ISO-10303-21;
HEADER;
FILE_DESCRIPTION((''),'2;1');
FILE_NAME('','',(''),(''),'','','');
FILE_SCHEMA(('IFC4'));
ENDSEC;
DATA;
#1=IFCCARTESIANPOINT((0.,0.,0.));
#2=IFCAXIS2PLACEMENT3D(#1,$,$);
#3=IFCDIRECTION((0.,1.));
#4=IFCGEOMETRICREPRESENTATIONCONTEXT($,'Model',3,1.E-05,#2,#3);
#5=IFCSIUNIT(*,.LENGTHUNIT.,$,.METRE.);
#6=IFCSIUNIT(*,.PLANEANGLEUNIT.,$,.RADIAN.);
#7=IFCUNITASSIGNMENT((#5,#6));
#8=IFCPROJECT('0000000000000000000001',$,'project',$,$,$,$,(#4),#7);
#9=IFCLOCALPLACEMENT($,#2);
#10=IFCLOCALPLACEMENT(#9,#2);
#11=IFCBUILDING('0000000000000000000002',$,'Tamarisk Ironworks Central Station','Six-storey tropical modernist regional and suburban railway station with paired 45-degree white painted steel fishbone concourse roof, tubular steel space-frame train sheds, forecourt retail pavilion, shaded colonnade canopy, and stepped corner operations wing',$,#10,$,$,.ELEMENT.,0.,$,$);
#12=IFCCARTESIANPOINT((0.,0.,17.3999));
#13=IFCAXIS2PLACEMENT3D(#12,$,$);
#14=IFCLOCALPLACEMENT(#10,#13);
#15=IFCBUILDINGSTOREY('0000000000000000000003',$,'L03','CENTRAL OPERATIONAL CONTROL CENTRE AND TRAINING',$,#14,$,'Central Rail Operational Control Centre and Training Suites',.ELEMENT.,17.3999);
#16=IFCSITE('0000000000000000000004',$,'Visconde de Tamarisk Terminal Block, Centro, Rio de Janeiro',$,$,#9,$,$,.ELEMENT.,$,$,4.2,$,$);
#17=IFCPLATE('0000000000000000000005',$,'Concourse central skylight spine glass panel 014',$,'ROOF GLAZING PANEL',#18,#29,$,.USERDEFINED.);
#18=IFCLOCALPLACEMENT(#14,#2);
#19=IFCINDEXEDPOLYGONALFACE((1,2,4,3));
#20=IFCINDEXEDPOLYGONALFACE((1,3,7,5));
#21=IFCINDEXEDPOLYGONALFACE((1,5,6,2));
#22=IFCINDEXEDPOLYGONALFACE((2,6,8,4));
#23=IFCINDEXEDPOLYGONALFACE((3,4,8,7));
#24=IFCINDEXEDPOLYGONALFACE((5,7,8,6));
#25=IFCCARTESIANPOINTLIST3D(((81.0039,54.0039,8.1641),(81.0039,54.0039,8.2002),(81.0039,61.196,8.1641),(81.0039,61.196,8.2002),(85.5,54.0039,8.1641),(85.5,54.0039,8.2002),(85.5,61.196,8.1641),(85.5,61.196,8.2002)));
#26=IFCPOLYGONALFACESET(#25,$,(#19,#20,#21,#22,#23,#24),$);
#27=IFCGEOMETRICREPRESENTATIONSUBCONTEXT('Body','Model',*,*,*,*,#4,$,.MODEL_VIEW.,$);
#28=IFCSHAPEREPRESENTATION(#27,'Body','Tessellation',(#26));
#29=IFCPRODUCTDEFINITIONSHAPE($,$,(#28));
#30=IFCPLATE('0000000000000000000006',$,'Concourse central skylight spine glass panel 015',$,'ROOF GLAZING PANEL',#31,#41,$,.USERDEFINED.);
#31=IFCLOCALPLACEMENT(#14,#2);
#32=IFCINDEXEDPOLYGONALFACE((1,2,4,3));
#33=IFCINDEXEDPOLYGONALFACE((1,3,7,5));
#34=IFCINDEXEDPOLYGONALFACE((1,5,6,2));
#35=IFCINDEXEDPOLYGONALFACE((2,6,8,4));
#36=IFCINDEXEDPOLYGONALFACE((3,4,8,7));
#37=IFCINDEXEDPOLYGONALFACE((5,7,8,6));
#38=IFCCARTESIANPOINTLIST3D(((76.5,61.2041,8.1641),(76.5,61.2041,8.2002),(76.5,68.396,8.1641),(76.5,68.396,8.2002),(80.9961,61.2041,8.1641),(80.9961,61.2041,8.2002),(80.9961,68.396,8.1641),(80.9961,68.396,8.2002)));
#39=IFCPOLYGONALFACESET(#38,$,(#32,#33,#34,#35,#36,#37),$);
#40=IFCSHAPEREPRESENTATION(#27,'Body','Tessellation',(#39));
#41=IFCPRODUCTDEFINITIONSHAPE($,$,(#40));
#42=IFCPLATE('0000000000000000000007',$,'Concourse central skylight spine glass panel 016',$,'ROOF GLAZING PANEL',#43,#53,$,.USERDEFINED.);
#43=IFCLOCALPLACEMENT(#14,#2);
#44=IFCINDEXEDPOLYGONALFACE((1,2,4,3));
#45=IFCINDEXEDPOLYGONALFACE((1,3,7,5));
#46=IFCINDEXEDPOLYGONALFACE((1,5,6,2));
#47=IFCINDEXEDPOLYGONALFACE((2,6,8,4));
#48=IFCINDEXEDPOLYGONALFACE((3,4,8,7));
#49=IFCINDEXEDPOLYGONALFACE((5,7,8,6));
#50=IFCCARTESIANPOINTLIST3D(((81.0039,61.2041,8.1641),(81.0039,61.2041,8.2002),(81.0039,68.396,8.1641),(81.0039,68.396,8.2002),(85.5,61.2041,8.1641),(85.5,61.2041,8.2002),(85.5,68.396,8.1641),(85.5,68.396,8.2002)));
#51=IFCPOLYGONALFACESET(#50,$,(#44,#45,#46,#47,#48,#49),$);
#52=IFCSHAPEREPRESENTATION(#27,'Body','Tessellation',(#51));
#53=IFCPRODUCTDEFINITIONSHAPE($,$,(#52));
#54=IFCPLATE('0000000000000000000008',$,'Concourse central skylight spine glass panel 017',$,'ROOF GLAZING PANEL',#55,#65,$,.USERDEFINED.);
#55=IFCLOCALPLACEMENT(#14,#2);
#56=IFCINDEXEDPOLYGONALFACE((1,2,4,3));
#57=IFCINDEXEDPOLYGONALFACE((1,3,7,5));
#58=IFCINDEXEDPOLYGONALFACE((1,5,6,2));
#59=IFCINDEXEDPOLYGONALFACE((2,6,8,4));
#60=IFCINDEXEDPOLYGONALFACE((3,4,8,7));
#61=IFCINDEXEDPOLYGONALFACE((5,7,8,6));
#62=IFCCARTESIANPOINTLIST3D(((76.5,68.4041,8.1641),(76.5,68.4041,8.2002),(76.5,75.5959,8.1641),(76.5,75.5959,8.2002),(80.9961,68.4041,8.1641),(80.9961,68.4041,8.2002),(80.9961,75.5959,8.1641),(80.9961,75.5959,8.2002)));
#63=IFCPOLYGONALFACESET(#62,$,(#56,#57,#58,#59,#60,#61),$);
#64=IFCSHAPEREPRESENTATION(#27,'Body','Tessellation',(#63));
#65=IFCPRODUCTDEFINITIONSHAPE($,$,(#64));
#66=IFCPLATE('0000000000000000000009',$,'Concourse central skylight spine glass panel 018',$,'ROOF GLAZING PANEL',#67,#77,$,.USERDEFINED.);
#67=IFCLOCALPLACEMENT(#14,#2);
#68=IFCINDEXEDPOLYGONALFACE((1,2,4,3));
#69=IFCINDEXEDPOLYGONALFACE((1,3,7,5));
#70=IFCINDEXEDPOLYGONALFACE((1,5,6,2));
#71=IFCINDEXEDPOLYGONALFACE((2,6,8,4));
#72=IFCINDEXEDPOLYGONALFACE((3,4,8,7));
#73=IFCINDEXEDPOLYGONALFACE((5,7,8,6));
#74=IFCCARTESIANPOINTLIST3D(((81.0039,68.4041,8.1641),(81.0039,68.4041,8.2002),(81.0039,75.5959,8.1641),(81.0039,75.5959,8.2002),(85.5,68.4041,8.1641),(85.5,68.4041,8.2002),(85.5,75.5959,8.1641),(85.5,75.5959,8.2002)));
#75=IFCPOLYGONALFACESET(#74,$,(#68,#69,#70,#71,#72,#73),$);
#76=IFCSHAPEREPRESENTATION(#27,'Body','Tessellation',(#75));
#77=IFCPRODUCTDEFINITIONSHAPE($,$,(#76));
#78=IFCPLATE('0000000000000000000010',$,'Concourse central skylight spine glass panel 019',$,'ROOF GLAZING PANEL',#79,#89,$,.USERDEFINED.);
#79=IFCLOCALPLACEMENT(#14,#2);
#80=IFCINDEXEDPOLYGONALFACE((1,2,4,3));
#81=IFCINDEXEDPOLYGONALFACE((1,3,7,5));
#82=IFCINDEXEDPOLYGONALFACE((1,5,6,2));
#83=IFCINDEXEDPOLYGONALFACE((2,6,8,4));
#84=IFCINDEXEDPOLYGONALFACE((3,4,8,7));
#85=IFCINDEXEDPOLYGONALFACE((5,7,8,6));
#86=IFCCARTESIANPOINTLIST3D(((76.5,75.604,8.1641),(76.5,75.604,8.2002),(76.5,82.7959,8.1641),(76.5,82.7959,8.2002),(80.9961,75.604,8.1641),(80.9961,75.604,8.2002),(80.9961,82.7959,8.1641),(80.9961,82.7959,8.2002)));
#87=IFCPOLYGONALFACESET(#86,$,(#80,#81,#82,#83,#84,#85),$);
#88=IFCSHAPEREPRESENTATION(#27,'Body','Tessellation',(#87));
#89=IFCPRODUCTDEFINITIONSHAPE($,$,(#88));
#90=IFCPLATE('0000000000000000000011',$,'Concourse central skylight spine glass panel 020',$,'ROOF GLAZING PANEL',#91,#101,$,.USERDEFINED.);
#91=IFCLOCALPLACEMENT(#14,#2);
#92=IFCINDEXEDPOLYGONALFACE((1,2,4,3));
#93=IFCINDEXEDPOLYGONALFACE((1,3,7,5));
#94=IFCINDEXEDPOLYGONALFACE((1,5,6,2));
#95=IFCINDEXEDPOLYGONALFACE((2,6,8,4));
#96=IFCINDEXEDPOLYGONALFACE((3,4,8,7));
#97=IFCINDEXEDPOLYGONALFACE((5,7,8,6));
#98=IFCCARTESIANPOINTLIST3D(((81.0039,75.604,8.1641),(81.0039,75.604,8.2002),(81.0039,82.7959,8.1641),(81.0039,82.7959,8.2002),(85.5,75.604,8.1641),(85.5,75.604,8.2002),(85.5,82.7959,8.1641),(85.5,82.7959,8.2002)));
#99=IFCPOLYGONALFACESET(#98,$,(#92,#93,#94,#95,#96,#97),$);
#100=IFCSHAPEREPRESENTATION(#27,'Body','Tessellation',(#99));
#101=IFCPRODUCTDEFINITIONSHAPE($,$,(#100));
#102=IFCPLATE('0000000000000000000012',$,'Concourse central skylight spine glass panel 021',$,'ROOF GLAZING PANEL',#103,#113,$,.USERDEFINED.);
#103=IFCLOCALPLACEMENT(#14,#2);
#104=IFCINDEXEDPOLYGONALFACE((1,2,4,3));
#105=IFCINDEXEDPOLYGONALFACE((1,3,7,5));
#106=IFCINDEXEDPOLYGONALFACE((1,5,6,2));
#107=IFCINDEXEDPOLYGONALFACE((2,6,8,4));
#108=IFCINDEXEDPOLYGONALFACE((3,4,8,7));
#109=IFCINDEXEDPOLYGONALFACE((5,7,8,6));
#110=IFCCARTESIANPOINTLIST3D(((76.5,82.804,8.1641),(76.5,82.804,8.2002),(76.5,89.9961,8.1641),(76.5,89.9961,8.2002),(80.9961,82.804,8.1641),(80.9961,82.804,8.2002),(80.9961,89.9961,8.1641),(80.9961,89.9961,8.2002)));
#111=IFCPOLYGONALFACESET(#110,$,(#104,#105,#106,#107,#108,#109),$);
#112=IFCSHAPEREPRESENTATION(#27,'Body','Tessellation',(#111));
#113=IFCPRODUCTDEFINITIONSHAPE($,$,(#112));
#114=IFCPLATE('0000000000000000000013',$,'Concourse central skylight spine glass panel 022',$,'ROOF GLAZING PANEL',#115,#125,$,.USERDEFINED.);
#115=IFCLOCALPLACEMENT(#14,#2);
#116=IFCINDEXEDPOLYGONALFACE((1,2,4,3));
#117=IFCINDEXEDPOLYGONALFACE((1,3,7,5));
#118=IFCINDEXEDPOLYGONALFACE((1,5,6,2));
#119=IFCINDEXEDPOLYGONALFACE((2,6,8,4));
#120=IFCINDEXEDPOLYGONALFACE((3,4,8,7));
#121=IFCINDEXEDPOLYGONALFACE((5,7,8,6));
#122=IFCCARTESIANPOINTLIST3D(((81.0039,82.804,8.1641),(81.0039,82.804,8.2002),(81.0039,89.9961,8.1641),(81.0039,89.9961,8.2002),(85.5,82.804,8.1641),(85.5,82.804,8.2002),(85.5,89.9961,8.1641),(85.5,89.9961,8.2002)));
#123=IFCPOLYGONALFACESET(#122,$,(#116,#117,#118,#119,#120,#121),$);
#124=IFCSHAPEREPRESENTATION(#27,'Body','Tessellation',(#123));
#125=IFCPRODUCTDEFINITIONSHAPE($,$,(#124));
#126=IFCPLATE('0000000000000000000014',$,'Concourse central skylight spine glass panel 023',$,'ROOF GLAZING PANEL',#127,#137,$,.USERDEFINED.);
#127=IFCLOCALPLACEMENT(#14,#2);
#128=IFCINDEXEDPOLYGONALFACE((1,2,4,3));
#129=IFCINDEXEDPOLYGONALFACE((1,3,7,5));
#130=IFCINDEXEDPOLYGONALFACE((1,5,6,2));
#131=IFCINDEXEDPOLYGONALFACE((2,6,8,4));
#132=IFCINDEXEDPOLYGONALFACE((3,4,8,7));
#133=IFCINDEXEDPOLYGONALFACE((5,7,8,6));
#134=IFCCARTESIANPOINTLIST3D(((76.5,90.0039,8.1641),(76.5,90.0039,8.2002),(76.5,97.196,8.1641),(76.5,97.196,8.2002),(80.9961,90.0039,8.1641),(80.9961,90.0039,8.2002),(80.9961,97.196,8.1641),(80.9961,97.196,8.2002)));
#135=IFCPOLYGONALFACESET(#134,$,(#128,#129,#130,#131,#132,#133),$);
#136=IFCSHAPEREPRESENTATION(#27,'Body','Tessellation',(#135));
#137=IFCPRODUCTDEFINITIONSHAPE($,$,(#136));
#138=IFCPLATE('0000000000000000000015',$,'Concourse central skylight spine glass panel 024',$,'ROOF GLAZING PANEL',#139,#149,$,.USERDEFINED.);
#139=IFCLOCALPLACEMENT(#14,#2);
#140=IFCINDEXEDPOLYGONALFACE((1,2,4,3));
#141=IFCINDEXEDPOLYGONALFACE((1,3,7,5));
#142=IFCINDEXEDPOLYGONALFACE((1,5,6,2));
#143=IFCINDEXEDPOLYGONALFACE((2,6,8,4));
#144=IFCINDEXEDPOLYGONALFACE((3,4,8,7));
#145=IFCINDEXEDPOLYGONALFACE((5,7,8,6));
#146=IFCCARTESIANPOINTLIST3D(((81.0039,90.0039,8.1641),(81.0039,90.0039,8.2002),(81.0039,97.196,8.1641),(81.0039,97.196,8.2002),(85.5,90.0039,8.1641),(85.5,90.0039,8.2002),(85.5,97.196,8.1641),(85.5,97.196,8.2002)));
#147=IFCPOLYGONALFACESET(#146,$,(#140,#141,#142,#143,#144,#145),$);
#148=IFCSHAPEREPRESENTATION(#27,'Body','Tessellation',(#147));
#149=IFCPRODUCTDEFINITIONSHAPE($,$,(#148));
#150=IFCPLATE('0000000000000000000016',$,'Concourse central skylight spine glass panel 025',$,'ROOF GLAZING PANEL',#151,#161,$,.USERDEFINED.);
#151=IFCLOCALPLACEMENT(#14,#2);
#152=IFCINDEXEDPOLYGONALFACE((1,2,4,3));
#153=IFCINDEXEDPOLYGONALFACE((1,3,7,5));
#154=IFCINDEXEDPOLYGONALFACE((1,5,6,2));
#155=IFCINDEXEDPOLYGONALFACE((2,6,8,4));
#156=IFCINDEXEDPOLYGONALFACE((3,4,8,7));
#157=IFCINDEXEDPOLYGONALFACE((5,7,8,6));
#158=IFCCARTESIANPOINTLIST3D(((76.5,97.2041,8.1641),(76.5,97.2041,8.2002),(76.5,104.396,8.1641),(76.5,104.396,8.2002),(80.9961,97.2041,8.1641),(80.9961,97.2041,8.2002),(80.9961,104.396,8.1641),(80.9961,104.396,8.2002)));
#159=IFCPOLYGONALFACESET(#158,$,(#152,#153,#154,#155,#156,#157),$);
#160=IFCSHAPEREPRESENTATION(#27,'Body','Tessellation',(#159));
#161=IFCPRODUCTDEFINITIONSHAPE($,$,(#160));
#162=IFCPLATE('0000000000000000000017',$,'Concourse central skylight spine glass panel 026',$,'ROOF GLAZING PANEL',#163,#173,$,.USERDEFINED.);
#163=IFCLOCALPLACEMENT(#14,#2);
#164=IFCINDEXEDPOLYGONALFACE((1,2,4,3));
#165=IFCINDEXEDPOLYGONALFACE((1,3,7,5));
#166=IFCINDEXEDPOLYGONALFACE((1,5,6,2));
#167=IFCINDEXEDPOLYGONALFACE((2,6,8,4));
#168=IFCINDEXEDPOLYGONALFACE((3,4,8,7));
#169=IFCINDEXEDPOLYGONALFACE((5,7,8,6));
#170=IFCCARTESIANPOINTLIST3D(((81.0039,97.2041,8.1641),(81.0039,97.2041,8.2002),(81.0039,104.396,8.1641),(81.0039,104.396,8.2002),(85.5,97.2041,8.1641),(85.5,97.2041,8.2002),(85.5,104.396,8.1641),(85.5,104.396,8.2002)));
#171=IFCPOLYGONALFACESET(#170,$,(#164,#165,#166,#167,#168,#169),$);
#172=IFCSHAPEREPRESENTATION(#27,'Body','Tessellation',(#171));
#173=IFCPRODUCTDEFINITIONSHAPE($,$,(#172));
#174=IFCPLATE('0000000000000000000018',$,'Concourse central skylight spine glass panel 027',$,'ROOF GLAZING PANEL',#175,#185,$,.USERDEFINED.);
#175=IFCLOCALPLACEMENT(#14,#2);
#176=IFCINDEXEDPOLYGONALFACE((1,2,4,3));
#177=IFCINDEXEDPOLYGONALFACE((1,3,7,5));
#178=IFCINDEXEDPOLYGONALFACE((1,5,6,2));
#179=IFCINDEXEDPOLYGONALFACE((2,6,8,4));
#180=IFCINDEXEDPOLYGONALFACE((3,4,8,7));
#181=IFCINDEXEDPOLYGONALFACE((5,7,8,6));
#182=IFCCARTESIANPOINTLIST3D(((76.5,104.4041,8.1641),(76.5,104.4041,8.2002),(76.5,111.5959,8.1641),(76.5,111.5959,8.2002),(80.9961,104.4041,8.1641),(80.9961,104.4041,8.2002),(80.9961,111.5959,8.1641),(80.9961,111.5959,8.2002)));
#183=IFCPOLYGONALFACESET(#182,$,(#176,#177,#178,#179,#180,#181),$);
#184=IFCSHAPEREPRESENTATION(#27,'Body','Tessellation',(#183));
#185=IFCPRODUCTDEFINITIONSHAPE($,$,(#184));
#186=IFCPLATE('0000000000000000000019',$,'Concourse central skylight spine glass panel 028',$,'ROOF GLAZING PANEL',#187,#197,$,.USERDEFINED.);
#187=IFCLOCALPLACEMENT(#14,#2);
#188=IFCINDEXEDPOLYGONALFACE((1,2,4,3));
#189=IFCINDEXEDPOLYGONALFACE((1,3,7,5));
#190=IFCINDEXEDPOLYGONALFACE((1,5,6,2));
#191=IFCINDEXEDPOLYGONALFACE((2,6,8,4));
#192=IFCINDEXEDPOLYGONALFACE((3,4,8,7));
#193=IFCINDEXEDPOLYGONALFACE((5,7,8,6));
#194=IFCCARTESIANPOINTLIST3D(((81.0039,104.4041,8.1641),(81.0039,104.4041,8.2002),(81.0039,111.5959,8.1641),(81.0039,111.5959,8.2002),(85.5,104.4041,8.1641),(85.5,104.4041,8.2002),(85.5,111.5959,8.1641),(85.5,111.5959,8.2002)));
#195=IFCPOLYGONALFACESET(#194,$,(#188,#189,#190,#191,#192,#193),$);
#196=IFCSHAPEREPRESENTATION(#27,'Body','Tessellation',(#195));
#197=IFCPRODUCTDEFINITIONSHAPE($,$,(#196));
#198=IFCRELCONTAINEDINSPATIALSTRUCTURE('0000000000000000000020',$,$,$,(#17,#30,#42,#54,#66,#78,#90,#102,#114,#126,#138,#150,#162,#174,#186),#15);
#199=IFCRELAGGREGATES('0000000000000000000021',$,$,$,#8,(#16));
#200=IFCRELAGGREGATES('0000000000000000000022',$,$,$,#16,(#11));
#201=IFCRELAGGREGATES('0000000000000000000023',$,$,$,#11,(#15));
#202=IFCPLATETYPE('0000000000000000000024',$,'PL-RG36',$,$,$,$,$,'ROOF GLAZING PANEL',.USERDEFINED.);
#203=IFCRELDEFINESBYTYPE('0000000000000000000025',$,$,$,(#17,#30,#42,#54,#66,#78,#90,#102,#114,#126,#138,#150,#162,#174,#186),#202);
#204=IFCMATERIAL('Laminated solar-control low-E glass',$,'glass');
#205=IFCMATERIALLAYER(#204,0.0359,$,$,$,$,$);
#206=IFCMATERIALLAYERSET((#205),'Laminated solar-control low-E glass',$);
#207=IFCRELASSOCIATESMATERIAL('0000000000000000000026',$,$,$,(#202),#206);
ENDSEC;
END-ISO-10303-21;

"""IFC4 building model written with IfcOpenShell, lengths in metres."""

from ifc_helpers import new_model, si_unit, direction, frame, origin, place, context, subcontext, project, spatial, polyline, outline, extrude, material, layer, layer_set, type_object, element, save


model = new_model("IFC4")

# Units and contexts
model_context = context("Model", 3, precision=1e-05, world=origin(), true_north=direction((0.0, 1.0)))
body_context = subcontext(model_context, "Body", "Model", "MODEL_VIEW")
ifc_project = project(units=[si_unit("LENGTHUNIT", "METRE"), si_unit("PLANEANGLEUNIT", "RADIAN")], contexts=[model_context])

# Site, building, storey
site_placement = place(None, origin())
site = spatial("IfcSite", under=ifc_project, at=site_placement, Name="Visconde de Tamarisk Terminal Block, Centro, Rio de Janeiro", CompositionType="ELEMENT", RefElevation=4.2)
building_placement = place(site_placement, origin())
building = spatial("IfcBuilding", under=site, at=building_placement, Name="Tamarisk Ironworks Central Station", Description="Six-storey tropical modernist regional and suburban railway station with paired 45-degree white painted steel fishbone concourse roof, tubular steel space-frame train sheds, forecourt retail pavilion, shaded colonnade canopy, and stepped corner operations wing", CompositionType="ELEMENT", ElevationOfRefHeight=0.0)
storey_placement = place(building_placement, frame((0.0, 0.0, 17.3999)))
storey = spatial("IfcBuildingStorey", under=building, at=storey_placement, Name="L03", Description="CENTRAL OPERATIONAL CONTROL CENTRE AND TRAINING", LongName="Central Rail Operational Control Centre and Training Suites", CompositionType="ELEMENT", Elevation=17.3999)

# Plates
ifc_material = material(Name="Laminated solar-control low-E glass", Category="glass")
ifc_layer = layer(ifc_material, 0.0359)
ifc_layer_set = layer_set([ifc_layer], Name="Laminated solar-control low-E glass")
plate_type = type_object("IfcPlateType", Name="PL-RG36", ElementType="ROOF GLAZING PANEL", PredefinedType="USERDEFINED", material=ifc_layer_set)
plate_1_placement = place(storey_placement, frame((0.0, 0.0, 8.1641)))
element("IfcPlate", 1, at=plate_1_placement, inside=storey, type_object=plate_type, Name="Concourse central skylight spine glass panel 014", ObjectType="ROOF GLAZING PANEL", PredefinedType="USERDEFINED", context=body_context, shape_type="SweptSolid", body=[
    extrude(outline(polyline([(81.0039, 54.0039), (85.5, 54.0039), (85.5, 61.196), (81.0039, 61.196), (81.0039, 54.0039)])), origin(), (0.0, 0.0, 1.0), 0.0361),
])
plate_2_placement = place(storey_placement, frame((0.0, 0.0, 8.1641)))
element("IfcPlate", 2, at=plate_2_placement, inside=storey, type_object=plate_type, Name="Concourse central skylight spine glass panel 015", ObjectType="ROOF GLAZING PANEL", PredefinedType="USERDEFINED", context=body_context, shape_type="SweptSolid", body=[
    extrude(outline(polyline([(76.5, 61.2041), (80.9961, 61.2041), (80.9961, 68.396), (76.5, 68.396), (76.5, 61.2041)])), origin(), (0.0, 0.0, 1.0), 0.0361),
])
plate_3_placement = place(storey_placement, frame((0.0, 0.0, 8.1641)))
element("IfcPlate", 3, at=plate_3_placement, inside=storey, type_object=plate_type, Name="Concourse central skylight spine glass panel 016", ObjectType="ROOF GLAZING PANEL", PredefinedType="USERDEFINED", context=body_context, shape_type="SweptSolid", body=[
    extrude(outline(polyline([(81.0039, 61.2041), (85.5, 61.2041), (85.5, 68.396), (81.0039, 68.396), (81.0039, 61.2041)])), origin(), (0.0, 0.0, 1.0), 0.0361),
])
plate_4_placement = place(storey_placement, frame((0.0, 0.0, 8.1641)))
element("IfcPlate", 4, at=plate_4_placement, inside=storey, type_object=plate_type, Name="Concourse central skylight spine glass panel 017", ObjectType="ROOF GLAZING PANEL", PredefinedType="USERDEFINED", context=body_context, shape_type="SweptSolid", body=[
    extrude(outline(polyline([(76.5, 68.4041), (80.9961, 68.4041), (80.9961, 75.5959), (76.5, 75.5959), (76.5, 68.4041)])), origin(), (0.0, 0.0, 1.0), 0.0361),
])
plate_5_placement = place(storey_placement, frame((0.0, 0.0, 8.1641)))
element("IfcPlate", 5, at=plate_5_placement, inside=storey, type_object=plate_type, Name="Concourse central skylight spine glass panel 018", ObjectType="ROOF GLAZING PANEL", PredefinedType="USERDEFINED", context=body_context, shape_type="SweptSolid", body=[
    extrude(outline(polyline([(81.0039, 68.4041), (85.5, 68.4041), (85.5, 75.5959), (81.0039, 75.5959), (81.0039, 68.4041)])), origin(), (0.0, 0.0, 1.0), 0.0361),
])
plate_6_placement = place(storey_placement, frame((0.0, 0.0, 8.1641)))
element("IfcPlate", 6, at=plate_6_placement, inside=storey, type_object=plate_type, Name="Concourse central skylight spine glass panel 019", ObjectType="ROOF GLAZING PANEL", PredefinedType="USERDEFINED", context=body_context, shape_type="SweptSolid", body=[
    extrude(outline(polyline([(76.5, 75.604), (80.9961, 75.604), (80.9961, 82.7959), (76.5, 82.7959), (76.5, 75.604)])), origin(), (0.0, 0.0, 1.0), 0.0361),
])
plate_7_placement = place(storey_placement, frame((0.0, 0.0, 8.1641)))
element("IfcPlate", 7, at=plate_7_placement, inside=storey, type_object=plate_type, Name="Concourse central skylight spine glass panel 020", ObjectType="ROOF GLAZING PANEL", PredefinedType="USERDEFINED", context=body_context, shape_type="SweptSolid", body=[
    extrude(outline(polyline([(81.0039, 75.604), (85.5, 75.604), (85.5, 82.7959), (81.0039, 82.7959), (81.0039, 75.604)])), origin(), (0.0, 0.0, 1.0), 0.0361),
])
plate_8_placement = place(storey_placement, frame((0.0, 0.0, 8.1641)))
element("IfcPlate", 8, at=plate_8_placement, inside=storey, type_object=plate_type, Name="Concourse central skylight spine glass panel 021", ObjectType="ROOF GLAZING PANEL", PredefinedType="USERDEFINED", context=body_context, shape_type="SweptSolid", body=[
    extrude(outline(polyline([(76.5, 82.804), (80.9961, 82.804), (80.9961, 89.9961), (76.5, 89.9961), (76.5, 82.804)])), origin(), (0.0, 0.0, 1.0), 0.0361),
])
plate_9_placement = place(storey_placement, frame((0.0, 0.0, 8.1641)))
element("IfcPlate", 9, at=plate_9_placement, inside=storey, type_object=plate_type, Name="Concourse central skylight spine glass panel 022", ObjectType="ROOF GLAZING PANEL", PredefinedType="USERDEFINED", context=body_context, shape_type="SweptSolid", body=[
    extrude(outline(polyline([(81.0039, 82.804), (85.5, 82.804), (85.5, 89.9961), (81.0039, 89.9961), (81.0039, 82.804)])), origin(), (0.0, 0.0, 1.0), 0.0361),
])
plate_10_placement = place(storey_placement, frame((0.0, 0.0, 8.1641)))
element("IfcPlate", 10, at=plate_10_placement, inside=storey, type_object=plate_type, Name="Concourse central skylight spine glass panel 023", ObjectType="ROOF GLAZING PANEL", PredefinedType="USERDEFINED", context=body_context, shape_type="SweptSolid", body=[
    extrude(outline(polyline([(76.5, 90.0039), (80.9961, 90.0039), (80.9961, 97.196), (76.5, 97.196), (76.5, 90.0039)])), origin(), (0.0, 0.0, 1.0), 0.0361),
])
plate_11_placement = place(storey_placement, frame((0.0, 0.0, 8.1641)))
element("IfcPlate", 11, at=plate_11_placement, inside=storey, type_object=plate_type, Name="Concourse central skylight spine glass panel 024", ObjectType="ROOF GLAZING PANEL", PredefinedType="USERDEFINED", context=body_context, shape_type="SweptSolid", body=[
    extrude(outline(polyline([(81.0039, 90.0039), (85.5, 90.0039), (85.5, 97.196), (81.0039, 97.196), (81.0039, 90.0039)])), origin(), (0.0, 0.0, 1.0), 0.0361),
])
plate_12_placement = place(storey_placement, frame((0.0, 0.0, 8.1641)))
element("IfcPlate", 12, at=plate_12_placement, inside=storey, type_object=plate_type, Name="Concourse central skylight spine glass panel 025", ObjectType="ROOF GLAZING PANEL", PredefinedType="USERDEFINED", context=body_context, shape_type="SweptSolid", body=[
    extrude(outline(polyline([(76.5, 97.2041), (80.9961, 97.2041), (80.9961, 104.396), (76.5, 104.396), (76.5, 97.2041)])), origin(), (0.0, 0.0, 1.0), 0.0361),
])
plate_13_placement = place(storey_placement, frame((0.0, 0.0, 8.1641)))
element("IfcPlate", 13, at=plate_13_placement, inside=storey, type_object=plate_type, Name="Concourse central skylight spine glass panel 026", ObjectType="ROOF GLAZING PANEL", PredefinedType="USERDEFINED", context=body_context, shape_type="SweptSolid", body=[
    extrude(outline(polyline([(81.0039, 97.2041), (85.5, 97.2041), (85.5, 104.396), (81.0039, 104.396), (81.0039, 97.2041)])), origin(), (0.0, 0.0, 1.0), 0.0361),
])
plate_14_placement = place(storey_placement, frame((0.0, 0.0, 8.1641)))
element("IfcPlate", 14, at=plate_14_placement, inside=storey, type_object=plate_type, Name="Concourse central skylight spine glass panel 027", ObjectType="ROOF GLAZING PANEL", PredefinedType="USERDEFINED", context=body_context, shape_type="SweptSolid", body=[
    extrude(outline(polyline([(76.5, 104.4041), (80.9961, 104.4041), (80.9961, 111.5959), (76.5, 111.5959), (76.5, 104.4041)])), origin(), (0.0, 0.0, 1.0), 0.0361),
])
plate_15_placement = place(storey_placement, frame((0.0, 0.0, 8.1641)))
element("IfcPlate", 15, at=plate_15_placement, inside=storey, type_object=plate_type, Name="Concourse central skylight spine glass panel 028", ObjectType="ROOF GLAZING PANEL", PredefinedType="USERDEFINED", context=body_context, shape_type="SweptSolid", body=[
    extrude(outline(polyline([(81.0039, 104.4041), (85.5, 104.4041), (85.5, 111.5959), (81.0039, 111.5959), (81.0039, 104.4041)])), origin(), (0.0, 0.0, 1.0), 0.0361),
])

save(model, "model.ifc")
